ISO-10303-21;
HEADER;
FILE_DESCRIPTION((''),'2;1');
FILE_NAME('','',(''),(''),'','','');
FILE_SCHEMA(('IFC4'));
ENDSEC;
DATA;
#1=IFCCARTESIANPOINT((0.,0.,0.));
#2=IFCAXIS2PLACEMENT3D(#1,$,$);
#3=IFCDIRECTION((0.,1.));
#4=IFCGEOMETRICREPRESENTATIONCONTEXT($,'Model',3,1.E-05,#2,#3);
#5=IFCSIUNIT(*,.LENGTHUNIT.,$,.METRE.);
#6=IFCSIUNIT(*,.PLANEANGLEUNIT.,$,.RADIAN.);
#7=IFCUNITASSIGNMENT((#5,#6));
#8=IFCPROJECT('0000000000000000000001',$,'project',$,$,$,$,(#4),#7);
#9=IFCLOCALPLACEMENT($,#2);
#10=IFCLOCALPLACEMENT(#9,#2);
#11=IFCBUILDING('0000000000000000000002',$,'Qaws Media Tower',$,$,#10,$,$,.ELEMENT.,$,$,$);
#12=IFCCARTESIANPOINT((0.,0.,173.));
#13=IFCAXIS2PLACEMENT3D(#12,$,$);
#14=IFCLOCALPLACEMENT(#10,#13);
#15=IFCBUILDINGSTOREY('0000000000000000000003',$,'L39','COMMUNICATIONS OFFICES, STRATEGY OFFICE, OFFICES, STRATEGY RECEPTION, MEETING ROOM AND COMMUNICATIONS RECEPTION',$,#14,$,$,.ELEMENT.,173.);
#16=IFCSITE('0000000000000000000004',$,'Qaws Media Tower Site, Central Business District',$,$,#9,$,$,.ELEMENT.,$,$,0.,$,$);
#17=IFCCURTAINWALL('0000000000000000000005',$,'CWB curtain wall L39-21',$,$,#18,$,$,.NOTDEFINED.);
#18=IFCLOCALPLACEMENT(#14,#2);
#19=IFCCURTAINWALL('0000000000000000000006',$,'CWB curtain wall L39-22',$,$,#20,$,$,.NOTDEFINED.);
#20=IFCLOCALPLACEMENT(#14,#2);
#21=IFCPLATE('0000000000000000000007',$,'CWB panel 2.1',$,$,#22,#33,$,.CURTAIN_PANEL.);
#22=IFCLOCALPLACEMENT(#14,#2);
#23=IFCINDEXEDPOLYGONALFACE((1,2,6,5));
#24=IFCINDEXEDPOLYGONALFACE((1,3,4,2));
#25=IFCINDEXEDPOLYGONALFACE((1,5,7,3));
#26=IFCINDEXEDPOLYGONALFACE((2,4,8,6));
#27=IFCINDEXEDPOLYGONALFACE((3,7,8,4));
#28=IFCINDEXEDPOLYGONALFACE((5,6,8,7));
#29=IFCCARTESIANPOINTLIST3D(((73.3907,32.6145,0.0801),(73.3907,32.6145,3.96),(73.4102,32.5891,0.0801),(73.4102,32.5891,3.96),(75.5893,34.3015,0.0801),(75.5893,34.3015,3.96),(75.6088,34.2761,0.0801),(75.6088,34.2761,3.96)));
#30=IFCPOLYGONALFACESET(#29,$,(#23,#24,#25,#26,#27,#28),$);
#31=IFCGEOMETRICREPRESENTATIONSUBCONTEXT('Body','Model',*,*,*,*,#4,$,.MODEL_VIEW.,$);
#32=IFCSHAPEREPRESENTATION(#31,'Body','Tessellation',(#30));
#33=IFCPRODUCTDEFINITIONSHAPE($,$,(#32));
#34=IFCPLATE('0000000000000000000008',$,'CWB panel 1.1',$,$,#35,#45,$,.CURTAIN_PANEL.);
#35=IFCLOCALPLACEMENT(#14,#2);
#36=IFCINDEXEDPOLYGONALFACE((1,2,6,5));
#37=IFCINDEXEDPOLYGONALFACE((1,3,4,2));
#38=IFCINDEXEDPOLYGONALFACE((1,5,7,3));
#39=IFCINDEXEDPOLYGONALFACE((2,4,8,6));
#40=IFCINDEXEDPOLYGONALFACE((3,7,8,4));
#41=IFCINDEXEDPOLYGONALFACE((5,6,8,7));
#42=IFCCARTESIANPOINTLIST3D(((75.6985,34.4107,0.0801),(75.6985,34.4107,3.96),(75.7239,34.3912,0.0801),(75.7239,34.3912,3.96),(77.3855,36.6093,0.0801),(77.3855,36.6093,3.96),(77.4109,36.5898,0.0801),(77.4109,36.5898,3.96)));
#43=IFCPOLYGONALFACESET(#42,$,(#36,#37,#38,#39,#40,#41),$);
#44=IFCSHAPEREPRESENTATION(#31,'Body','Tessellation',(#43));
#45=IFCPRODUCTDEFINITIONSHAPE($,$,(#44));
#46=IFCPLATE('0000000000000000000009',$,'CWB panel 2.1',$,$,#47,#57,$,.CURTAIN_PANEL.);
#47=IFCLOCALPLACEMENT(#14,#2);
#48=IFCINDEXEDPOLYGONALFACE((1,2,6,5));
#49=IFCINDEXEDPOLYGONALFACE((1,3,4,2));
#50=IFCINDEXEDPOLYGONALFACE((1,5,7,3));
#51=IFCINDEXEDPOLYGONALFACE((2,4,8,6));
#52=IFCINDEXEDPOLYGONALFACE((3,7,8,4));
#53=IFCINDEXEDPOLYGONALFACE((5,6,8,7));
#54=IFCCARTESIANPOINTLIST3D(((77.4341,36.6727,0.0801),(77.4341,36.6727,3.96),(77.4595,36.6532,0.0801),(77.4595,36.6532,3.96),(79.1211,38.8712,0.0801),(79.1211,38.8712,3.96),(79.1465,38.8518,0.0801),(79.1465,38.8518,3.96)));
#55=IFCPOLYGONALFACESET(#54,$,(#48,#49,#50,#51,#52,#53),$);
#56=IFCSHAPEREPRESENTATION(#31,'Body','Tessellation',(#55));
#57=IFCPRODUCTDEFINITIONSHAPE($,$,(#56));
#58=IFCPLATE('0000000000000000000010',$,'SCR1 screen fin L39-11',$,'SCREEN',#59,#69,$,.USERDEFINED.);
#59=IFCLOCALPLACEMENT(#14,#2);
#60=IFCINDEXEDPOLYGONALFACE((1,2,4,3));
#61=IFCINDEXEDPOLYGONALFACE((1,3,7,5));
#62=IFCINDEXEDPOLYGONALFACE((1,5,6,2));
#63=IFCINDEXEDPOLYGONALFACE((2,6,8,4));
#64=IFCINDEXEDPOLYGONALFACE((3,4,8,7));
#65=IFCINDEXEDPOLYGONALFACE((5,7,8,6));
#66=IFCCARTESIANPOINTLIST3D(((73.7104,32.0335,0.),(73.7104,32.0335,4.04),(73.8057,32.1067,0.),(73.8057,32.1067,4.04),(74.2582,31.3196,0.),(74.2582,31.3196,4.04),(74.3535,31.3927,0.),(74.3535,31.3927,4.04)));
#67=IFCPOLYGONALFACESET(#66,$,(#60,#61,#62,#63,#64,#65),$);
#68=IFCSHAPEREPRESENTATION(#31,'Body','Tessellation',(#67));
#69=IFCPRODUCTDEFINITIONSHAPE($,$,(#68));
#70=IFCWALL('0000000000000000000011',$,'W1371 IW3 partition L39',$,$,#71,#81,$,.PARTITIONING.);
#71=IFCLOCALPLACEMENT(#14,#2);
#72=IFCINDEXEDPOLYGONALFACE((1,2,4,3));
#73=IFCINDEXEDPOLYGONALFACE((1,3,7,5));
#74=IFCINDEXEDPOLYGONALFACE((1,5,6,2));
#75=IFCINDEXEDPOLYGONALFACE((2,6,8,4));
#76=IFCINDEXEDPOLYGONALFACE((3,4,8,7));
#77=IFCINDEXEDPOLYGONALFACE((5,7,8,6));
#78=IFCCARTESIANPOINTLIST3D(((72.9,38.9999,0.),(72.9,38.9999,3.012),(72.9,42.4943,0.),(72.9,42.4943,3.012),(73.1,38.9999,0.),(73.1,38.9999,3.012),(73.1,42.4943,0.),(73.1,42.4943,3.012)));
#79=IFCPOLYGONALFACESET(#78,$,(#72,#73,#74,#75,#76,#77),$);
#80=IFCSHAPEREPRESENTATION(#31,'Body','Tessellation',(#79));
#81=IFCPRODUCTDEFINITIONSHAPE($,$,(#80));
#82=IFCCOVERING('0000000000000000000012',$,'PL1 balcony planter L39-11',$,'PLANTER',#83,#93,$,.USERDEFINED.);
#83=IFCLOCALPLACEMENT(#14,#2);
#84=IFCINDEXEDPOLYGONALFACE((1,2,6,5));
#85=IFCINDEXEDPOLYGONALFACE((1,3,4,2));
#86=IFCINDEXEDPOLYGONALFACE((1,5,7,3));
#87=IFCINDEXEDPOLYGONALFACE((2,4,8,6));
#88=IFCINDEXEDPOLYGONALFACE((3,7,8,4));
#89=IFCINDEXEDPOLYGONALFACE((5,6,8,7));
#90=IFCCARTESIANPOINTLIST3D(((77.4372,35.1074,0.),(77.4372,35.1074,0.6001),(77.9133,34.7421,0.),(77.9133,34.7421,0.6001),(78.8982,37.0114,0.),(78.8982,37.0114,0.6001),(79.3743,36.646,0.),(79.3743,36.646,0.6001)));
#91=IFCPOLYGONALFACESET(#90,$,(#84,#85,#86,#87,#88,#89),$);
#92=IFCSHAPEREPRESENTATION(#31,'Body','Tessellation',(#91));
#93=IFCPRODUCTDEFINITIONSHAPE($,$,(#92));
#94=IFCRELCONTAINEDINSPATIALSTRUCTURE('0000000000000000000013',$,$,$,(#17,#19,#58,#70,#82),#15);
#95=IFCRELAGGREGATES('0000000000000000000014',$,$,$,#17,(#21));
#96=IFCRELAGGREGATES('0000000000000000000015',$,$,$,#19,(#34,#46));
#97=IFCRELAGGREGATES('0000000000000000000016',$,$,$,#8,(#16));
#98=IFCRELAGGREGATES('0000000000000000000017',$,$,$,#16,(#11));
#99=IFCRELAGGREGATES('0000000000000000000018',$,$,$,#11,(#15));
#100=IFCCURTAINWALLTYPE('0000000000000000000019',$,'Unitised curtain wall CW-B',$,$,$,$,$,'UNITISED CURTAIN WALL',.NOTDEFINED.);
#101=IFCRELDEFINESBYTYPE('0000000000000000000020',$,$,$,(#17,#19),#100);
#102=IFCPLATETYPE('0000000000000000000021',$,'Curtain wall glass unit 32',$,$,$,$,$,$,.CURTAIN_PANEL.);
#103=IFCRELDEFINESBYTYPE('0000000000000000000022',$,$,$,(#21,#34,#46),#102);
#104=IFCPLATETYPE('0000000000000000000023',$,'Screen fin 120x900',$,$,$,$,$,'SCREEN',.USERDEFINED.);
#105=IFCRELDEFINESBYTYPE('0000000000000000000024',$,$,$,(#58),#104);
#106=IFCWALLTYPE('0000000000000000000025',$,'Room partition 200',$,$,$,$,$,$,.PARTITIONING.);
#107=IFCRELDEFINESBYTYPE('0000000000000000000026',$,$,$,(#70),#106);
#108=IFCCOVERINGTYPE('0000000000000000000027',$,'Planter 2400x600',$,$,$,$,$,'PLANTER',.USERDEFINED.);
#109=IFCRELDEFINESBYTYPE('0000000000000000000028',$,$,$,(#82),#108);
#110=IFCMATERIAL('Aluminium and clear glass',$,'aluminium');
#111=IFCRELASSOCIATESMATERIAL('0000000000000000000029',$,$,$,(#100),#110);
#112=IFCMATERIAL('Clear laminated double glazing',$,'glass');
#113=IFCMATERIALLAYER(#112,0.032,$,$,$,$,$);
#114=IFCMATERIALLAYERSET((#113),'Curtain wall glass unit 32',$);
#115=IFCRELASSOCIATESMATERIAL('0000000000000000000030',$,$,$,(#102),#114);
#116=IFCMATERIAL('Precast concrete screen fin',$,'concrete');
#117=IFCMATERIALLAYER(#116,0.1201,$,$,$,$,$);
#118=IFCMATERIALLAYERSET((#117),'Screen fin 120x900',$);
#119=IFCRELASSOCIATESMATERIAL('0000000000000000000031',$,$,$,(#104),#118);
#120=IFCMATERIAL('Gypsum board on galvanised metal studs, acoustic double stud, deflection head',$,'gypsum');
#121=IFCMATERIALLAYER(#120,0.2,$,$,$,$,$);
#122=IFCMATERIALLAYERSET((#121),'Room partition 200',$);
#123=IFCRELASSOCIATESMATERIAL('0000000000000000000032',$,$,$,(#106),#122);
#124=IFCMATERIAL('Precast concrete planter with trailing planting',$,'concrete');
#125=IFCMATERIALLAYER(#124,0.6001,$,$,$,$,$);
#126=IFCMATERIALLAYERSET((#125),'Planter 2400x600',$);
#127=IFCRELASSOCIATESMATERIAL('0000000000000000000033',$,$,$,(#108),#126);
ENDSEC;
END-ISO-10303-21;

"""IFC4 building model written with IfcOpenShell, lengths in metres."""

from ifc_helpers import new_model, si_unit, direction, frame, frame_2d, origin, origin_2d, place, context, subcontext, project, spatial, rectangle, extrude, material, layer, layer_set, type_object, element, aggregate, save


model = new_model("IFC4")

# Units and contexts
model_context = context("Model", 3, precision=1e-05, world=origin(), true_north=direction((0.0, 1.0)))
body_context = subcontext(model_context, "Body", "Model", "MODEL_VIEW")
ifc_project = project(units=[si_unit("LENGTHUNIT", "METRE"), si_unit("PLANEANGLEUNIT", "RADIAN")], contexts=[model_context])

# Site, building, storey
site_placement = place(None, origin())
site = spatial("IfcSite", under=ifc_project, at=site_placement, Name="Qaws Media Tower Site, Central Business District", CompositionType="ELEMENT", RefElevation=0.0)
building_placement = place(site_placement, origin())
building = spatial("IfcBuilding", under=site, at=building_placement, Name="Qaws Media Tower", CompositionType="ELEMENT")
storey_placement = place(building_placement, frame((0.0, 0.0, 173.0)))
storey = spatial("IfcBuildingStorey", under=building, at=storey_placement, Name="L39", Description="COMMUNICATIONS OFFICES, STRATEGY OFFICE, OFFICES, STRATEGY RECEPTION, MEETING ROOM AND COMMUNICATIONS RECEPTION", CompositionType="ELEMENT", Elevation=173.0)

# Curtain walls
ifc_material_1 = material(Name="Aluminium and clear glass", Category="aluminium")
curtain_wall_type = type_object("IfcCurtainWallType", Name="Unitised curtain wall CW-B", ElementType="UNITISED CURTAIN WALL", PredefinedType="NOTDEFINED", material=ifc_material_1)
curtain_wall_1_placement = place(storey_placement, origin())
curtain_wall_1 = element("IfcCurtainWall", 1, at=curtain_wall_1_placement, inside=storey, type_object=curtain_wall_type, Name="CWB curtain wall L39-21", PredefinedType="NOTDEFINED")
curtain_wall_2_placement = place(storey_placement, origin())
curtain_wall_2 = element("IfcCurtainWall", 2, at=curtain_wall_2_placement, inside=storey, type_object=curtain_wall_type, Name="CWB curtain wall L39-22", PredefinedType="NOTDEFINED")

# Plates
ifc_material_2 = material(Name="Clear laminated double glazing", Category="glass")
ifc_layer_1 = layer(ifc_material_2, 0.032)
ifc_layer_set_1 = layer_set([ifc_layer_1], Name="Curtain wall glass unit 32")
plate_type_1 = type_object("IfcPlateType", Name="Curtain wall glass unit 32", PredefinedType="CURTAIN_PANEL", material=ifc_layer_set_1)
plate_1_placement = place(storey_placement, frame((74.4998, 33.4453, 0.0801), z_axis=(0.0, 0.0, 1.0), x_axis=(0.793353, 0.608762, 0.0)))
plate_1 = element("IfcPlate", 3, at=plate_1_placement, type_object=plate_type_1, Name="CWB panel 2.1", PredefinedType="CURTAIN_PANEL", context=body_context, shape_type="SweptSolid", body=[
    extrude(rectangle(XDim=2.7712, YDim=0.032, at=origin_2d()), origin(), (0.0, 0.0, 1.0), 3.8799),
])
aggregate(curtain_wall_1, [plate_1])
plate_2_placement = place(storey_placement, frame((76.5547, 35.5002, 0.0801), z_axis=(0.0, 0.0, 1.0), x_axis=(0.608762, 0.793353, 0.0)))
plate_2 = element("IfcPlate", 4, at=plate_2_placement, type_object=plate_type_1, Name="CWB panel 1.1", PredefinedType="CURTAIN_PANEL", context=body_context, shape_type="SweptSolid", body=[
    extrude(rectangle(XDim=2.7712, YDim=0.032, at=origin_2d()), origin(), (0.0, 0.0, 1.0), 3.8799),
])
plate_3_placement = place(storey_placement, frame((78.2903, 37.7622, 0.0801), z_axis=(0.0, 0.0, 1.0), x_axis=(0.608762, 0.793353, 0.0)))
plate_3 = element("IfcPlate", 5, at=plate_3_placement, type_object=plate_type_1, Name="CWB panel 2.1", PredefinedType="CURTAIN_PANEL", context=body_context, shape_type="SweptSolid", body=[
    extrude(rectangle(XDim=2.7712, YDim=0.032, at=origin_2d()), origin(), (0.0, 0.0, 1.0), 3.8799),
])
aggregate(curtain_wall_2, [plate_2, plate_3])
ifc_material_3 = material(Name="Precast concrete screen fin", Category="concrete")
ifc_layer_2 = layer(ifc_material_3, 0.1201)
ifc_layer_set_2 = layer_set([ifc_layer_2], Name="Screen fin 120x900")
plate_type_2 = type_object("IfcPlateType", Name="Screen fin 120x900", ElementType="SCREEN", PredefinedType="USERDEFINED", material=ifc_layer_set_2)
plate_4_placement = place(storey_placement, frame((74.032, 31.7131, 0.0), z_axis=(0.0, 0.0, 1.0), x_axis=(0.608761, -0.793353, 0.0)))
element("IfcPlate", 6, at=plate_4_placement, inside=storey, type_object=plate_type_2, Name="SCR1 screen fin L39-11", ObjectType="SCREEN", PredefinedType="USERDEFINED", context=body_context, shape_type="SweptSolid", body=[
    extrude(rectangle(XDim=0.8999, YDim=0.1201, at=origin_2d()), origin(), (0.0, 0.0, 1.0), 4.04),
])

# Wall
ifc_material_4 = material(Name="Gypsum board on galvanised metal studs, acoustic double stud, deflection head", Category="gypsum")
ifc_layer_3 = layer(ifc_material_4, 0.2)
ifc_layer_set_3 = layer_set([ifc_layer_3], Name="Room partition 200")
wall_type = type_object("IfcWallType", Name="Room partition 200", PredefinedType="PARTITIONING", material=ifc_layer_set_3)
wall_placement = place(storey_placement, frame((73.0, 39.0, 0.0), z_axis=(0.0, 0.0, 1.0), x_axis=(0.0, 1.0, 0.0)))
element("IfcWall", 7, at=wall_placement, inside=storey, type_object=wall_type, Name="W1371 IW3 partition L39", PredefinedType="PARTITIONING", context=body_context, shape_type="SweptSolid", body=[
    extrude(rectangle(XDim=3.4944, YDim=0.2, at=frame_2d((1.7471, 0.0))), origin(), (0.0, 0.0, 1.0), 3.012),
])

# Covering
ifc_material_5 = material(Name="Precast concrete planter with trailing planting", Category="concrete")
ifc_layer_4 = layer(ifc_material_5, 0.6001)
ifc_layer_set_4 = layer_set([ifc_layer_4], Name="Planter 2400x600")
covering_type = type_object("IfcCoveringType", Name="Planter 2400x600", ElementType="PLANTER", PredefinedType="USERDEFINED", material=ifc_layer_set_4)
covering_placement = place(storey_placement, frame((78.4058, 35.8767, 0.0), z_axis=(0.0, 0.0, 1.0), x_axis=(0.608761, 0.793353, 0.0)))
element("IfcCovering", 8, at=covering_placement, inside=storey, type_object=covering_type, Name="PL1 balcony planter L39-11", ObjectType="PLANTER", PredefinedType="USERDEFINED", context=body_context, shape_type="SweptSolid", body=[
    extrude(rectangle(XDim=2.3999, YDim=0.6001, at=origin_2d()), origin(), (0.0, 0.0, 1.0), 0.6001),
])

save(model, "model.ifc")
